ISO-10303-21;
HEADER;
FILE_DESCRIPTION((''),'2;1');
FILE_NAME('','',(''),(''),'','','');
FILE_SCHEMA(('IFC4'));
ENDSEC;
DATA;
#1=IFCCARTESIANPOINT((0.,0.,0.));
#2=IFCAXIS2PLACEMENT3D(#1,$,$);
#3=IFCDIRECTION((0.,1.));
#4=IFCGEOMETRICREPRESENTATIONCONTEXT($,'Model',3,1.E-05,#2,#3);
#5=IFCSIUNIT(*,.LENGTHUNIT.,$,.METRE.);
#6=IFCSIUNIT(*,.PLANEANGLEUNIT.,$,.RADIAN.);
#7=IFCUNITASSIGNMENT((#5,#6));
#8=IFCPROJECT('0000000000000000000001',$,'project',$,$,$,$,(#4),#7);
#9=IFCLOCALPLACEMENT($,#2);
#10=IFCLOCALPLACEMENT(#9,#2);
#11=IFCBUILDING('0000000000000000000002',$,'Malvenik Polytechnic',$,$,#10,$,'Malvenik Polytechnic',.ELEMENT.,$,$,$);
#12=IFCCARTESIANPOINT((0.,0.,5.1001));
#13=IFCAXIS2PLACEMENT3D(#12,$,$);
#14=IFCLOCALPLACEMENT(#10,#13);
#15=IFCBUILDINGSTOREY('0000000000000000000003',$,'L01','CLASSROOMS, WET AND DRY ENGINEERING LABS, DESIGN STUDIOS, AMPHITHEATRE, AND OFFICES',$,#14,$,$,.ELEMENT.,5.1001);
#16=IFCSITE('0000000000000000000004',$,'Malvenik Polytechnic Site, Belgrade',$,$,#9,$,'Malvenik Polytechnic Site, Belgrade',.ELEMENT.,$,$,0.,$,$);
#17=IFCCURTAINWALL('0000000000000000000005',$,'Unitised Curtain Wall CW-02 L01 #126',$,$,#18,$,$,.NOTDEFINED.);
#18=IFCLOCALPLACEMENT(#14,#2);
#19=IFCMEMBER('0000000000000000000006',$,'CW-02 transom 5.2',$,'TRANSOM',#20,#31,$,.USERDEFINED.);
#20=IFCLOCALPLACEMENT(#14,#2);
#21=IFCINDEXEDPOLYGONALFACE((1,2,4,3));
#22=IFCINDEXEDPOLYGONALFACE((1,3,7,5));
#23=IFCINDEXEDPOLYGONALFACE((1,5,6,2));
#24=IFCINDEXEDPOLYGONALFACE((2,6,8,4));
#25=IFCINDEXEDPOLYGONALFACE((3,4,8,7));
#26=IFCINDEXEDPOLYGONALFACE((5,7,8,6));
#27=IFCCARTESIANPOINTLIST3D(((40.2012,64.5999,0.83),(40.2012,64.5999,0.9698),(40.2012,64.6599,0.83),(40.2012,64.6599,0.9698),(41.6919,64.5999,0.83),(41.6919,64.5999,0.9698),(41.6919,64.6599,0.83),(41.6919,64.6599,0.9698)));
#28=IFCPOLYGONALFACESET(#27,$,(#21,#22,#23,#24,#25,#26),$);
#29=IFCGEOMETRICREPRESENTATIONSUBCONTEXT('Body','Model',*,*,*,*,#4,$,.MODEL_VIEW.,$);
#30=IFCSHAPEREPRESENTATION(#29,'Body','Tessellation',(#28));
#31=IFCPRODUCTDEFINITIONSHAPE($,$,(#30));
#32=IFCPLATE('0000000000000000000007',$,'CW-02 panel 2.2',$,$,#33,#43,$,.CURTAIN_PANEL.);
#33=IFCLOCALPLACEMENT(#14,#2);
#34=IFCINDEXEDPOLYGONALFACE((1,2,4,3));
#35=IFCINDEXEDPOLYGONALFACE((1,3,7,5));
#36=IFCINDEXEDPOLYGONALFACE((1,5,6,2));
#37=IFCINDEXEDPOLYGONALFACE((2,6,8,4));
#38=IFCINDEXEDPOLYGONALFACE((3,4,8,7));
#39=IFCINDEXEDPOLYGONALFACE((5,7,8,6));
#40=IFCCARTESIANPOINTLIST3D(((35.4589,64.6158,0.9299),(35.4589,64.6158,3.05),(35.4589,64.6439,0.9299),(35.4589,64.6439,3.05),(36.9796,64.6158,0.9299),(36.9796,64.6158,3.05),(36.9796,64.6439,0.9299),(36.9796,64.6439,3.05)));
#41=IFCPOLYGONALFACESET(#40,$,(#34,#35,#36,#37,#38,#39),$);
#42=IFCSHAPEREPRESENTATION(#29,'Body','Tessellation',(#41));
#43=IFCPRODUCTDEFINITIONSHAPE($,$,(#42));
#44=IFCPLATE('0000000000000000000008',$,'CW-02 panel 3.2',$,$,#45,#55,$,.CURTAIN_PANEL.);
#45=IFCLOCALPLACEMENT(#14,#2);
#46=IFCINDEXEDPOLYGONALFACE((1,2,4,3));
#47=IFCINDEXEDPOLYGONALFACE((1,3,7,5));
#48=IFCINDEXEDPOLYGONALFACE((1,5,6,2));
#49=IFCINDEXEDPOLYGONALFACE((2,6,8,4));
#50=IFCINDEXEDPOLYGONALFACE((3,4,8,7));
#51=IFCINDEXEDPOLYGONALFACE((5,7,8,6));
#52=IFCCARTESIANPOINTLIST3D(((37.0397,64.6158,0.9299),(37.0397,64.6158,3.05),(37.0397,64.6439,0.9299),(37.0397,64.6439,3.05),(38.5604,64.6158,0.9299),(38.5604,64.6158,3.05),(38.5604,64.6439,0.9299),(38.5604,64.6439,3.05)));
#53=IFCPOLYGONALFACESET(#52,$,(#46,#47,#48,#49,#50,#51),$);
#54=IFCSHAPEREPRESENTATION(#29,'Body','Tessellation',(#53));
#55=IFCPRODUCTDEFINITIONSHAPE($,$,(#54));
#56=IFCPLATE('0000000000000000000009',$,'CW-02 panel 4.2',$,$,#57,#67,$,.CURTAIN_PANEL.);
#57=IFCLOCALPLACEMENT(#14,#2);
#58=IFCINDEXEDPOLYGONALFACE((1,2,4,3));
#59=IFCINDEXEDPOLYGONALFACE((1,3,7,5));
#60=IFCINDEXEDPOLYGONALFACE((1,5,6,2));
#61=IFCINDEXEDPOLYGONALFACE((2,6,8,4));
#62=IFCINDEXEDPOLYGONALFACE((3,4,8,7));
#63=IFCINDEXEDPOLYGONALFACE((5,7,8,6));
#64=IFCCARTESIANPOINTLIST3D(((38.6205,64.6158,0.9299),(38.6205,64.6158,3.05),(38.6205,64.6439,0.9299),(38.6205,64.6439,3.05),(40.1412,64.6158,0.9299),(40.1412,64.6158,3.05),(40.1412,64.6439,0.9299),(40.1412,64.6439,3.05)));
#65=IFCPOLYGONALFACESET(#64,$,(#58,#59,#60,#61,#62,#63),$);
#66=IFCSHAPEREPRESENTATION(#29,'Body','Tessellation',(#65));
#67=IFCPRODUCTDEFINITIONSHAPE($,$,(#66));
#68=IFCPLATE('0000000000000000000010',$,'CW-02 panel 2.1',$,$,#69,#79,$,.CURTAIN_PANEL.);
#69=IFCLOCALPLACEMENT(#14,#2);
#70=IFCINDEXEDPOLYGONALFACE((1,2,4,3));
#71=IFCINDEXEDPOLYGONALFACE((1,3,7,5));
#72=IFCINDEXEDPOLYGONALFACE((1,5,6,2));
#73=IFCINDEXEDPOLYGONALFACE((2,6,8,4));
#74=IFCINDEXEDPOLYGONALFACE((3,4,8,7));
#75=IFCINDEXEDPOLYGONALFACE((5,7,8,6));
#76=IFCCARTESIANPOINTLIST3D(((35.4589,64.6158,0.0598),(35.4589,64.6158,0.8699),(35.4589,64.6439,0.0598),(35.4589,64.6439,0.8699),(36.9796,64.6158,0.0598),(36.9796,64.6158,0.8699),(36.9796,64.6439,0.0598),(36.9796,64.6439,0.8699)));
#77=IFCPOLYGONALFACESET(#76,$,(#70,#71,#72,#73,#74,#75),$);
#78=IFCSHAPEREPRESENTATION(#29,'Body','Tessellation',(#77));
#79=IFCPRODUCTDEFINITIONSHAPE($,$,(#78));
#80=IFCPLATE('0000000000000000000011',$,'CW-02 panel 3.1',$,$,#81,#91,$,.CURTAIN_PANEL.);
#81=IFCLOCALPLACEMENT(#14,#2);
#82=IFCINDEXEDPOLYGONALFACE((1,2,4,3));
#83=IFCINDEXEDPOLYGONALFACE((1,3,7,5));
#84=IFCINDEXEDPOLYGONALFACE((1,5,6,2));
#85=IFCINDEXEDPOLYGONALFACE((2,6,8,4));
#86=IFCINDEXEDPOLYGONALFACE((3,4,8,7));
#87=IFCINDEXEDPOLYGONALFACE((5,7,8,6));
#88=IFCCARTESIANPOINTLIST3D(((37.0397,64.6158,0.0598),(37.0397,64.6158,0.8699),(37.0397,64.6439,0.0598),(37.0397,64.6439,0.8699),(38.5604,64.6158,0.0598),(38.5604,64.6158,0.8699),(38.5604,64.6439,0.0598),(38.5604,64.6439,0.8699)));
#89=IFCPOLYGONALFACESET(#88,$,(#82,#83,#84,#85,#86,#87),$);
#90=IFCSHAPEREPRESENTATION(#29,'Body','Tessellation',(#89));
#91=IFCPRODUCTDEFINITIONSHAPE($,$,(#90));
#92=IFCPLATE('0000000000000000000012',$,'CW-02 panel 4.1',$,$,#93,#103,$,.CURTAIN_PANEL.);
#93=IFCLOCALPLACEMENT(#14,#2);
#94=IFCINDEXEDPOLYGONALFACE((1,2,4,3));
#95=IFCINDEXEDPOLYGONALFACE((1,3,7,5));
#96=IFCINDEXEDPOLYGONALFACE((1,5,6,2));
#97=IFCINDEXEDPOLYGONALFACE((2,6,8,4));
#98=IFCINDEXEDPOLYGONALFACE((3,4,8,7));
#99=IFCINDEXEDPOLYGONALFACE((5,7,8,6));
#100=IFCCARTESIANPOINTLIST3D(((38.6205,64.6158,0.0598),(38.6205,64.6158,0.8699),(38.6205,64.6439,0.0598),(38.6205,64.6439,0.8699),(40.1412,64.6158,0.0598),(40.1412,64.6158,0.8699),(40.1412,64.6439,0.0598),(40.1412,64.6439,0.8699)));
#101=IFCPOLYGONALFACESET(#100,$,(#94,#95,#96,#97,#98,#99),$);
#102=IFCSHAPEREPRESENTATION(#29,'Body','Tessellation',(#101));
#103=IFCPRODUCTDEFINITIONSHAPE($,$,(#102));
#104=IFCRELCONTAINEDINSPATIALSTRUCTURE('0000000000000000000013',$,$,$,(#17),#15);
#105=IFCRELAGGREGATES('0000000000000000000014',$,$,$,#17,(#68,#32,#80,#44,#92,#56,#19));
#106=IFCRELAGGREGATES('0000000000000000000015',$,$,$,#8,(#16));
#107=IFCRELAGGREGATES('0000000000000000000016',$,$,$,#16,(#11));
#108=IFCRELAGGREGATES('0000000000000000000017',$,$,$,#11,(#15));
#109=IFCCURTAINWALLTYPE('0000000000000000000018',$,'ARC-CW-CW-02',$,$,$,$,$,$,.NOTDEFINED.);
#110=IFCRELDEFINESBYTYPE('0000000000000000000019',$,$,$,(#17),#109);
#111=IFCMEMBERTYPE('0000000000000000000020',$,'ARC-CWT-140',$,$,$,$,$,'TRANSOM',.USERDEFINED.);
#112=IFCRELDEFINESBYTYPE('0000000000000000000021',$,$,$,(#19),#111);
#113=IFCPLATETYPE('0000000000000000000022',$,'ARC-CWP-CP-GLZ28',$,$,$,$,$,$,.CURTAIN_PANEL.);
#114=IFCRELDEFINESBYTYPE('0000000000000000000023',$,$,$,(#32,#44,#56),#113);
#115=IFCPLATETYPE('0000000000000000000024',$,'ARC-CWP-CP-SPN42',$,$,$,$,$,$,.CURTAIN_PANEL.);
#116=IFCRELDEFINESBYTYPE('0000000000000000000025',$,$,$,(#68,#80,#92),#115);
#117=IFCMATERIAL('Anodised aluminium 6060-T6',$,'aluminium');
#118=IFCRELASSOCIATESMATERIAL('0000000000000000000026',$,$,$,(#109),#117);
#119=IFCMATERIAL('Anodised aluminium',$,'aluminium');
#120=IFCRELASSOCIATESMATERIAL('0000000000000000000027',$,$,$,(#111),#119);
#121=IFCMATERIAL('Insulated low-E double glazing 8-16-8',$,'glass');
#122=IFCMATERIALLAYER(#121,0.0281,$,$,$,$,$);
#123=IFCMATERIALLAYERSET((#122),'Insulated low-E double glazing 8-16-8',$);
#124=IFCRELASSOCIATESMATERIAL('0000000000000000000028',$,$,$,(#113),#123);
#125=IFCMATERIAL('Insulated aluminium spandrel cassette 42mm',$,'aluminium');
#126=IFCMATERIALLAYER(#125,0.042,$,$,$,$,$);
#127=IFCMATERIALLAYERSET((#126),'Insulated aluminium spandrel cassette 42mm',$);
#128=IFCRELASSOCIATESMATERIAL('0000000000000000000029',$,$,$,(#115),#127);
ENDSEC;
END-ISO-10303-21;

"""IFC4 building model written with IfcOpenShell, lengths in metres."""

from ifc_helpers import new_model, si_unit, direction, frame, origin, origin_2d, place, context, subcontext, project, spatial, rectangle, extrude, material, layer, layer_set, material_profile, profile_set, type_object, element, aggregate, save


model = new_model("IFC4")

# Units and contexts
model_context = context("Model", 3, precision=1e-05, world=origin(), true_north=direction((0.0, 1.0)))
body_context = subcontext(model_context, "Body", "Model", "MODEL_VIEW")
ifc_project = project(units=[si_unit("LENGTHUNIT", "METRE"), si_unit("PLANEANGLEUNIT", "RADIAN")], contexts=[model_context])

# Site, building, storey
site_placement = place(None, origin())
site = spatial("IfcSite", under=ifc_project, at=site_placement, Name="Malvenik Polytechnic Site, Belgrade", LongName="Malvenik Polytechnic Site, Belgrade", CompositionType="ELEMENT", RefElevation=0.0)
building_placement = place(site_placement, origin())
building = spatial("IfcBuilding", under=site, at=building_placement, Name="Malvenik Polytechnic", LongName="Malvenik Polytechnic", CompositionType="ELEMENT")
storey_placement = place(building_placement, frame((0.0, 0.0, 5.1001)))
storey = spatial("IfcBuildingStorey", under=building, at=storey_placement, Name="L01", Description="CLASSROOMS, WET AND DRY ENGINEERING LABS, DESIGN STUDIOS, AMPHITHEATRE, AND OFFICES", CompositionType="ELEMENT", Elevation=5.1001)

# Curtain wall, member, plates
ifc_material_1 = material(Name="Anodised aluminium 6060-T6", Category="aluminium")
curtain_wall_type = type_object("IfcCurtainWallType", Name="ARC-CW-CW-02", PredefinedType="NOTDEFINED", material=ifc_material_1)
curtain_wall_placement = place(storey_placement, origin())
curtain_wall = element("IfcCurtainWall", 1, at=curtain_wall_placement, inside=storey, type_object=curtain_wall_type, Name="Unitised Curtain Wall CW-02 L01 #126", PredefinedType="NOTDEFINED")
ifc_material_2 = material(Name="Anodised aluminium", Category="aluminium")
ifc_material_profile_1 = material_profile(ifc_material_2, rectangle(XDim=0.0601, YDim=0.1399, at=origin_2d()), Name="ALU TRANSOM 60x140")
ifc_profile_set_1 = profile_set([ifc_material_profile_1], Name="Anodised aluminium")
member_type_1 = type_object("IfcMemberType", Name="ARC-CWT-140", ElementType="TRANSOM", PredefinedType="USERDEFINED", material=ifc_profile_set_1)
member_1_placement = place(storey_placement, frame((40.2012, 64.6299, 0.8999), z_axis=(1.0, 0.0, 0.0), x_axis=(0.0, 1.0, 0.0)))
member_1 = element("IfcMember", 2, at=member_1_placement, type_object=member_type_1, Name="CW-02 transom 5.2", ObjectType="TRANSOM", PredefinedType="USERDEFINED", context=body_context, shape_type="SweptSolid", body=[
    extrude(rectangle(XDim=0.0601, YDim=0.1399, at=origin_2d()), origin(), (0.0, 0.0, 1.0), 1.4907),
])
ifc_material_3 = material(Name="Insulated low-E double glazing 8-16-8", Category="glass")
ifc_layer_1 = layer(ifc_material_3, 0.0281)
ifc_layer_set_1 = layer_set([ifc_layer_1], Name="Insulated low-E double glazing 8-16-8")
plate_type_1 = type_object("IfcPlateType", Name="ARC-CWP-CP-GLZ28", PredefinedType="CURTAIN_PANEL", material=ifc_layer_set_1)
plate_1_placement = place(storey_placement, frame((36.2192, 64.6299, 0.9299), z_axis=(0.0, 0.0, 1.0), x_axis=(1.0, 0.0, 0.0)))
plate_1 = element("IfcPlate", 3, at=plate_1_placement, type_object=plate_type_1, Name="CW-02 panel 2.2", PredefinedType="CURTAIN_PANEL", context=body_context, shape_type="SweptSolid", body=[
    extrude(rectangle(XDim=1.5208, YDim=0.0281, at=origin_2d()), origin(), (0.0, 0.0, 1.0), 2.1201),
])
plate_2_placement = place(storey_placement, frame((37.8, 64.6299, 0.9299), z_axis=(0.0, 0.0, 1.0), x_axis=(1.0, 0.0, 0.0)))
plate_2 = element("IfcPlate", 4, at=plate_2_placement, type_object=plate_type_1, Name="CW-02 panel 3.2", PredefinedType="CURTAIN_PANEL", context=body_context, shape_type="SweptSolid", body=[
    extrude(rectangle(XDim=1.5208, YDim=0.0281, at=origin_2d()), origin(), (0.0, 0.0, 1.0), 2.1201),
])
plate_3_placement = place(storey_placement, frame((39.3809, 64.6299, 0.9299), z_axis=(0.0, 0.0, 1.0), x_axis=(1.0, 0.0, 0.0)))
plate_3 = element("IfcPlate", 5, at=plate_3_placement, type_object=plate_type_1, Name="CW-02 panel 4.2", PredefinedType="CURTAIN_PANEL", context=body_context, shape_type="SweptSolid", body=[
    extrude(rectangle(XDim=1.5208, YDim=0.0281, at=origin_2d()), origin(), (0.0, 0.0, 1.0), 2.1201),
])
ifc_material_4 = material(Name="Insulated aluminium spandrel cassette 42mm", Category="aluminium")
ifc_layer_2 = layer(ifc_material_4, 0.042)
ifc_layer_set_2 = layer_set([ifc_layer_2], Name="Insulated aluminium spandrel cassette 42mm")
plate_type_2 = type_object("IfcPlateType", Name="ARC-CWP-CP-SPN42", PredefinedType="CURTAIN_PANEL", material=ifc_layer_set_2)
plate_4_placement = place(storey_placement, frame((36.2192, 64.6299, 0.0598), z_axis=(0.0, 0.0, 1.0), x_axis=(1.0, 0.0, 0.0)))
plate_4 = element("IfcPlate", 6, at=plate_4_placement, type_object=plate_type_2, Name="CW-02 panel 2.1", PredefinedType="CURTAIN_PANEL", context=body_context, shape_type="SweptSolid", body=[
    extrude(rectangle(XDim=1.5208, YDim=0.0281, at=origin_2d()), origin(), (0.0, 0.0, 1.0), 0.8101),
])
plate_5_placement = place(storey_placement, frame((37.8, 64.6299, 0.0598), z_axis=(0.0, 0.0, 1.0), x_axis=(1.0, 0.0, 0.0)))
plate_5 = element("IfcPlate", 7, at=plate_5_placement, type_object=plate_type_2, Name="CW-02 panel 3.1", PredefinedType="CURTAIN_PANEL", context=body_context, shape_type="SweptSolid", body=[
    extrude(rectangle(XDim=1.5208, YDim=0.0281, at=origin_2d()), origin(), (0.0, 0.0, 1.0), 0.8101),
])
plate_6_placement = place(storey_placement, frame((39.3809, 64.6299, 0.0598), z_axis=(0.0, 0.0, 1.0), x_axis=(1.0, 0.0, 0.0)))
plate_6 = element("IfcPlate", 8, at=plate_6_placement, type_object=plate_type_2, Name="CW-02 panel 4.1", PredefinedType="CURTAIN_PANEL", context=body_context, shape_type="SweptSolid", body=[
    extrude(rectangle(XDim=1.5208, YDim=0.0281, at=origin_2d()), origin(), (0.0, 0.0, 1.0), 0.8101),
])
aggregate(curtain_wall, [plate_4, plate_1, plate_5, plate_2, plate_6, plate_3, member_1])

save(model, "model.ifc")
